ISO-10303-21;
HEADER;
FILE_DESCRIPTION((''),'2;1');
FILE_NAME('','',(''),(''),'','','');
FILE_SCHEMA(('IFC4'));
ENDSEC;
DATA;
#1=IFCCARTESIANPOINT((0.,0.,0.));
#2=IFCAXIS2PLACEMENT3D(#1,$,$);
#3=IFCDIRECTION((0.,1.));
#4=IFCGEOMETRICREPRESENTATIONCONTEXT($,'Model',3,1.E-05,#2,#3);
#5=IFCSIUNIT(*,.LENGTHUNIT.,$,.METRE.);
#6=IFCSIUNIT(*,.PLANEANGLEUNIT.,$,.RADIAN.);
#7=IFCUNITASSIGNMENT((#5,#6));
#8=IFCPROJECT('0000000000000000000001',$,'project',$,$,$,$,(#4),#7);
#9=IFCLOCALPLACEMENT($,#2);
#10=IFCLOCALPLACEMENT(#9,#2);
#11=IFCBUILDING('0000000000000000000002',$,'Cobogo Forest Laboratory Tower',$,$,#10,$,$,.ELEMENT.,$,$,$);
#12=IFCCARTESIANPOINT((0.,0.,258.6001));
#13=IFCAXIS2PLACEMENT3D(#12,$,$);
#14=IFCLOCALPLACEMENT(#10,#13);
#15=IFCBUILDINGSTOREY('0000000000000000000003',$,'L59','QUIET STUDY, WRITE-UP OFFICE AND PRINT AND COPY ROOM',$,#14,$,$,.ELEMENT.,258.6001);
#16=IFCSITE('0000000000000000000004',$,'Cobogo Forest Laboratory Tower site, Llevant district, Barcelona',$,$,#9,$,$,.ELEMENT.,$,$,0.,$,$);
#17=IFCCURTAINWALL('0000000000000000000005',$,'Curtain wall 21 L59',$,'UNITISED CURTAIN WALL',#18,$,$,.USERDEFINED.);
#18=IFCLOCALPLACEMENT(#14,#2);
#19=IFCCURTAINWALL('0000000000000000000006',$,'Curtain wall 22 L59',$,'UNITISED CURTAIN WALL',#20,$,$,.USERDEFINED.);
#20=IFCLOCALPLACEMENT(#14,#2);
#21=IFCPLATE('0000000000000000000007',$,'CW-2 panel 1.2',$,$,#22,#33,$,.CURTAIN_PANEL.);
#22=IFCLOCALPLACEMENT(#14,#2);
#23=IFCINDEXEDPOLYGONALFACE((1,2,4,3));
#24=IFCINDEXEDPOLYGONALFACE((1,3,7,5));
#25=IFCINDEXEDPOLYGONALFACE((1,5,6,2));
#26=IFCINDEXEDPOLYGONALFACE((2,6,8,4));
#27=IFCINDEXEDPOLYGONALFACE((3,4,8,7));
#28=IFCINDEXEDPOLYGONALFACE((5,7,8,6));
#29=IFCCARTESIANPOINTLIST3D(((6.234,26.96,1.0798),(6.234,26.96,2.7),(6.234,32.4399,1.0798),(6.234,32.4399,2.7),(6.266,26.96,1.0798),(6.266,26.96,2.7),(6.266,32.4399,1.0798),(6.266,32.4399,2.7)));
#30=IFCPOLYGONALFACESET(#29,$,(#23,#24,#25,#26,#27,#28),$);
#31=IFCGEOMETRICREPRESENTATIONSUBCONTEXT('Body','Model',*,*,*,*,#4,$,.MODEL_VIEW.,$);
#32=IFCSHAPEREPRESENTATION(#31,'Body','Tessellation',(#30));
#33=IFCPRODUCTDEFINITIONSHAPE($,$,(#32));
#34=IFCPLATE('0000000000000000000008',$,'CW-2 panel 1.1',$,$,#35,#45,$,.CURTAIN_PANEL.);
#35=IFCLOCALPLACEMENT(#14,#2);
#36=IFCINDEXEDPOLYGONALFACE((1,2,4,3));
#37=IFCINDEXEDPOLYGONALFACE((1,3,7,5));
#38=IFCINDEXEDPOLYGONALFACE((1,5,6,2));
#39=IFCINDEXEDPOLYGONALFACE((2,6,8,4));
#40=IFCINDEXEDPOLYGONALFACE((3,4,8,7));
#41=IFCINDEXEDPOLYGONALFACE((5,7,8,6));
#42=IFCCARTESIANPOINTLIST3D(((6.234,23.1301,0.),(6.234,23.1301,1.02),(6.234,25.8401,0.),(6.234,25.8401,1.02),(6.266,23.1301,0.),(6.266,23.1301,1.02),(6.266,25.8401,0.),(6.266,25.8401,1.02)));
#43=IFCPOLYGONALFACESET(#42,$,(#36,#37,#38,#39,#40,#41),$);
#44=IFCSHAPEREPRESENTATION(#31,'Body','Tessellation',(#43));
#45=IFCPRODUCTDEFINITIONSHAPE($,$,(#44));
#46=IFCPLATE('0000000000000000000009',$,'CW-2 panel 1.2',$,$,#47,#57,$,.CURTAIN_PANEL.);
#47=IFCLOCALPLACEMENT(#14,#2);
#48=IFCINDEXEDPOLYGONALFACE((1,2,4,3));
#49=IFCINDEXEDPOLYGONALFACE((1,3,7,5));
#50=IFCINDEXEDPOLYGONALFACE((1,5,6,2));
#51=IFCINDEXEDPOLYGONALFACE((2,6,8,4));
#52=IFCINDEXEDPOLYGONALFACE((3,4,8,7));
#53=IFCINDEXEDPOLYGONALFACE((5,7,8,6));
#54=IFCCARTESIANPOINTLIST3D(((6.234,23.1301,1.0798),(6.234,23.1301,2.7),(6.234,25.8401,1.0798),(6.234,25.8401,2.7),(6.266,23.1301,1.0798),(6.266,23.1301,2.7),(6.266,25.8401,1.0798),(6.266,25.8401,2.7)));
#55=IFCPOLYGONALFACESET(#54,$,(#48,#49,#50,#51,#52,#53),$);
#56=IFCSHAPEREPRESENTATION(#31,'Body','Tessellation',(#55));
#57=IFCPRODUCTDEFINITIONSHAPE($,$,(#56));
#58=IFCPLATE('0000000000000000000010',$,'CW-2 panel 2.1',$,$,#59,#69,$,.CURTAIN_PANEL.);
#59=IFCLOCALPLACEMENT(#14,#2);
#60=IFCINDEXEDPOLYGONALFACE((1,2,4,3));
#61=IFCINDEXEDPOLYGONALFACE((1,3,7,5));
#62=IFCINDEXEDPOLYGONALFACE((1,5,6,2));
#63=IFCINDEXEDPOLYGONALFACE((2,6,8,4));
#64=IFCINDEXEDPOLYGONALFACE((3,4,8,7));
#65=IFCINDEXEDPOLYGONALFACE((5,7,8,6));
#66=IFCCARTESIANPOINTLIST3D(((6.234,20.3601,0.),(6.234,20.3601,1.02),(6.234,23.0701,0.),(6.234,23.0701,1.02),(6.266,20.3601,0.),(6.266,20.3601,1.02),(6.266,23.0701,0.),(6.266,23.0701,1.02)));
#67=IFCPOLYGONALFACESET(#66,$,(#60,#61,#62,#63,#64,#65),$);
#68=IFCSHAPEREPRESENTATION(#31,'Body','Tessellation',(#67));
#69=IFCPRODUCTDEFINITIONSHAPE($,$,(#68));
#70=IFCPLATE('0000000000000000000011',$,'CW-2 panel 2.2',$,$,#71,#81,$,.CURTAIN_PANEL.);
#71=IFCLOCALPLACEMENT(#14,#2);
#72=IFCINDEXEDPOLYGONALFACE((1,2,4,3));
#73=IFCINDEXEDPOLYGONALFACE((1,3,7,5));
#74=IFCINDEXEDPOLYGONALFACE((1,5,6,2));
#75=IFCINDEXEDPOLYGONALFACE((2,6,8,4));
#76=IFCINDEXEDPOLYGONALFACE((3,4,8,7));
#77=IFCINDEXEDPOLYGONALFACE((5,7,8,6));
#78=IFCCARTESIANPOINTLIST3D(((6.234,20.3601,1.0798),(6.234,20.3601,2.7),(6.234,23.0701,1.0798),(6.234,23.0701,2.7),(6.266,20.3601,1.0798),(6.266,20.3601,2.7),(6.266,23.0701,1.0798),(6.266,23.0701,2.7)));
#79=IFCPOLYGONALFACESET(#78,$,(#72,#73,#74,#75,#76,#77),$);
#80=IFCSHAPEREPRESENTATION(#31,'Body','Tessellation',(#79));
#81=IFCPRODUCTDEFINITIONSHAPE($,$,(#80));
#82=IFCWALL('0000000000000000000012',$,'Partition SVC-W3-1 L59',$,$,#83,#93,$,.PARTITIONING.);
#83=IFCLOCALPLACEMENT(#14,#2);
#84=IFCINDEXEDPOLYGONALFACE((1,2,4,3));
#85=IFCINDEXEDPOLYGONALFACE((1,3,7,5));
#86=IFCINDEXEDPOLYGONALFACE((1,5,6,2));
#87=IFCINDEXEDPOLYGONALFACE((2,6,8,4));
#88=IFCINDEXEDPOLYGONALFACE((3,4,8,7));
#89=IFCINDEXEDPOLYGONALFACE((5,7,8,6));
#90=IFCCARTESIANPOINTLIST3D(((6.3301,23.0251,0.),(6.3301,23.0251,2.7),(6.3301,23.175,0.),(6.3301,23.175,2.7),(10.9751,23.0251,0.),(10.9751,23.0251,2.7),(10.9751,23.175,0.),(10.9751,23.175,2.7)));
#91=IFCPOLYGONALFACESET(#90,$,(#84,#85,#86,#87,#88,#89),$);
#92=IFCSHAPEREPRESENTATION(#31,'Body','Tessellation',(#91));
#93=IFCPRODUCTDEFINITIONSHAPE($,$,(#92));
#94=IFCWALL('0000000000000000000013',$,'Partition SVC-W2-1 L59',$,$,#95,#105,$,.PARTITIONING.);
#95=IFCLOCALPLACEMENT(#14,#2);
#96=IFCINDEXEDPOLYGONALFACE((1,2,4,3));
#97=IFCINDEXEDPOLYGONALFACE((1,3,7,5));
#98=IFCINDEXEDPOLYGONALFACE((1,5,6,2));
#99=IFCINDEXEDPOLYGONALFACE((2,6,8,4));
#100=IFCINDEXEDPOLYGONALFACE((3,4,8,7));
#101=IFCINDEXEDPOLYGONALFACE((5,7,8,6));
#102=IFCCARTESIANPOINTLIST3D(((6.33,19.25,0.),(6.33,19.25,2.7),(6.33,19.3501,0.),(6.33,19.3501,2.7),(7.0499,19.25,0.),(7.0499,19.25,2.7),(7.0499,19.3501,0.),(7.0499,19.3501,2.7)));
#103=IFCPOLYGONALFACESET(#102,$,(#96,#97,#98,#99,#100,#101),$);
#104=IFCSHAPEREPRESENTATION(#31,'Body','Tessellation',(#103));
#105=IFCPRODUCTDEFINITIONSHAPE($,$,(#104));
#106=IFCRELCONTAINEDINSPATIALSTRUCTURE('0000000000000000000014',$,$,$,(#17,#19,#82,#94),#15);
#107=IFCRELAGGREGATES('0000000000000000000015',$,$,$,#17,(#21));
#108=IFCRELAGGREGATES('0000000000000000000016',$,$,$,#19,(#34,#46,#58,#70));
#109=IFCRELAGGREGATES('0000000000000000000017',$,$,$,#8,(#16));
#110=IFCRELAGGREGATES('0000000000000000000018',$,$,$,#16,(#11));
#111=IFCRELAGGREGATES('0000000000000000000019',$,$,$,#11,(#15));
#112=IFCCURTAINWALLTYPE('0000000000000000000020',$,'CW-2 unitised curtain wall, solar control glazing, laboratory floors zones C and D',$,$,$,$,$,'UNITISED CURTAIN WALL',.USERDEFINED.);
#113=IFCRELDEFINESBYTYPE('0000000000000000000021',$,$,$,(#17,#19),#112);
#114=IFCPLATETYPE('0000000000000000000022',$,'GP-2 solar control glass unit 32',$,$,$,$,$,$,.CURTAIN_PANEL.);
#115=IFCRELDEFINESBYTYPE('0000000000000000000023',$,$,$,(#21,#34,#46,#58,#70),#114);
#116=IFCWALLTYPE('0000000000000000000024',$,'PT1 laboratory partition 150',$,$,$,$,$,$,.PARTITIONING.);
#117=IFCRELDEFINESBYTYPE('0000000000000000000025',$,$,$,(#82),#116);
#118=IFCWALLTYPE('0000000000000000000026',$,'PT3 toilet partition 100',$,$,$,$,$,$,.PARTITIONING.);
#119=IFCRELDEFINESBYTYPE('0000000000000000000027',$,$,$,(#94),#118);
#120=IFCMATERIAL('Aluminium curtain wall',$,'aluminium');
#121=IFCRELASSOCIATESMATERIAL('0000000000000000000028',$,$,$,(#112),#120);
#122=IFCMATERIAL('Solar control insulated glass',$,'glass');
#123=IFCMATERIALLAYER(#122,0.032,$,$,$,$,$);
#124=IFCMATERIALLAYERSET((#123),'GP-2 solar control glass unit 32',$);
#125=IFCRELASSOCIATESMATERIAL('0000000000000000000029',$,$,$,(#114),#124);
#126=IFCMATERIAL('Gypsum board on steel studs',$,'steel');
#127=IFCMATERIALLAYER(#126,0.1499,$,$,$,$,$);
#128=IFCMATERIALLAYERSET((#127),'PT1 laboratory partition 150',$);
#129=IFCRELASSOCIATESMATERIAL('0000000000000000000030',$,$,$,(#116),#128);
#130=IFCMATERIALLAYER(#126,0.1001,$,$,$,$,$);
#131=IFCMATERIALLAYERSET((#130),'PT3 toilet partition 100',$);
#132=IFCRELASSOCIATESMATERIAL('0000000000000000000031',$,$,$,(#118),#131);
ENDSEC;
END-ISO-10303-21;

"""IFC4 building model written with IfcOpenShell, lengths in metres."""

from ifc_helpers import new_model, si_unit, direction, frame, frame_2d, origin, origin_2d, place, context, subcontext, project, spatial, rectangle, extrude, material, layer, layer_set, type_object, element, aggregate, save


model = new_model("IFC4")

# Units and contexts
model_context = context("Model", 3, precision=1e-05, world=origin(), true_north=direction((0.0, 1.0)))
body_context = subcontext(model_context, "Body", "Model", "MODEL_VIEW")
ifc_project = project(units=[si_unit("LENGTHUNIT", "METRE"), si_unit("PLANEANGLEUNIT", "RADIAN")], contexts=[model_context])

# Site, building, storey
site_placement = place(None, origin())
site = spatial("IfcSite", under=ifc_project, at=site_placement, Name="Cobogo Forest Laboratory Tower site, Llevant district, Barcelona", CompositionType="ELEMENT", RefElevation=0.0)
building_placement = place(site_placement, origin())
building = spatial("IfcBuilding", under=site, at=building_placement, Name="Cobogo Forest Laboratory Tower", CompositionType="ELEMENT")
storey_placement = place(building_placement, frame((0.0, 0.0, 258.6001)))
storey = spatial("IfcBuildingStorey", under=building, at=storey_placement, Name="L59", Description="QUIET STUDY, WRITE-UP OFFICE AND PRINT AND COPY ROOM", CompositionType="ELEMENT", Elevation=258.6001)

# Curtain walls
ifc_material_1 = material(Name="Aluminium curtain wall", Category="aluminium")
curtain_wall_type = type_object("IfcCurtainWallType", Name="CW-2 unitised curtain wall, solar control glazing, laboratory floors zones C and D", ElementType="UNITISED CURTAIN WALL", PredefinedType="USERDEFINED", material=ifc_material_1)
curtain_wall_1_placement = place(storey_placement, origin())
curtain_wall_1 = element("IfcCurtainWall", 1, at=curtain_wall_1_placement, inside=storey, type_object=curtain_wall_type, Name="Curtain wall 21 L59", ObjectType="UNITISED CURTAIN WALL", PredefinedType="USERDEFINED")
curtain_wall_2_placement = place(storey_placement, origin())
curtain_wall_2 = element("IfcCurtainWall", 2, at=curtain_wall_2_placement, inside=storey, type_object=curtain_wall_type, Name="Curtain wall 22 L59", ObjectType="UNITISED CURTAIN WALL", PredefinedType="USERDEFINED")

# Plates
ifc_material_2 = material(Name="Solar control insulated glass", Category="glass")
ifc_layer_1 = layer(ifc_material_2, 0.032)
ifc_layer_set_1 = layer_set([ifc_layer_1], Name="GP-2 solar control glass unit 32")
plate_type_1 = type_object("IfcPlateType", Name="GP-2 solar control glass unit 32", PredefinedType="CURTAIN_PANEL", material=ifc_layer_set_1)
plate_1_placement = place(storey_placement, frame((6.25, 29.7, 1.0798), z_axis=(0.0, 0.0, 1.0), x_axis=(0.0, -1.0, 0.0)))
plate_1 = element("IfcPlate", 3, at=plate_1_placement, type_object=plate_type_1, Name="CW-2 panel 1.2", PredefinedType="CURTAIN_PANEL", context=body_context, shape_type="SweptSolid", body=[
    extrude(rectangle(XDim=5.48, YDim=0.032, at=origin_2d()), origin(), (0.0, 0.0, 1.0), 1.6201),
])
aggregate(curtain_wall_1, [plate_1])
plate_2_placement = place(storey_placement, frame((6.25, 24.4851, 0.0), z_axis=(0.0, 0.0, 1.0), x_axis=(0.0, -1.0, 0.0)))
plate_2 = element("IfcPlate", 4, at=plate_2_placement, type_object=plate_type_1, Name="CW-2 panel 1.1", PredefinedType="CURTAIN_PANEL", context=body_context, shape_type="SweptSolid", body=[
    extrude(rectangle(XDim=2.71, YDim=0.032, at=origin_2d()), origin(), (0.0, 0.0, 1.0), 1.02),
])
plate_3_placement = place(storey_placement, frame((6.25, 24.4851, 1.0798), z_axis=(0.0, 0.0, 1.0), x_axis=(0.0, -1.0, 0.0)))
plate_3 = element("IfcPlate", 5, at=plate_3_placement, type_object=plate_type_1, Name="CW-2 panel 1.2", PredefinedType="CURTAIN_PANEL", context=body_context, shape_type="SweptSolid", body=[
    extrude(rectangle(XDim=2.71, YDim=0.032, at=origin_2d()), origin(), (0.0, 0.0, 1.0), 1.6201),
])
plate_4_placement = place(storey_placement, frame((6.25, 21.7151, 0.0), z_axis=(0.0, 0.0, 1.0), x_axis=(0.0, -1.0, 0.0)))
plate_4 = element("IfcPlate", 6, at=plate_4_placement, type_object=plate_type_1, Name="CW-2 panel 2.1", PredefinedType="CURTAIN_PANEL", context=body_context, shape_type="SweptSolid", body=[
    extrude(rectangle(XDim=2.71, YDim=0.032, at=origin_2d()), origin(), (0.0, 0.0, 1.0), 1.02),
])
plate_5_placement = place(storey_placement, frame((6.25, 21.7151, 1.0798), z_axis=(0.0, 0.0, 1.0), x_axis=(0.0, -1.0, 0.0)))
plate_5 = element("IfcPlate", 7, at=plate_5_placement, type_object=plate_type_1, Name="CW-2 panel 2.2", PredefinedType="CURTAIN_PANEL", context=body_context, shape_type="SweptSolid", body=[
    extrude(rectangle(XDim=2.71, YDim=0.032, at=origin_2d()), origin(), (0.0, 0.0, 1.0), 1.6201),
])
aggregate(curtain_wall_2, [plate_2, plate_3, plate_4, plate_5])

# Walls
ifc_material_3 = material(Name="Gypsum board on steel studs", Category="steel")
ifc_layer_2 = layer(ifc_material_3, 0.1499)
ifc_layer_set_2 = layer_set([ifc_layer_2], Name="PT1 laboratory partition 150")
wall_type_1 = type_object("IfcWallType", Name="PT1 laboratory partition 150", PredefinedType="PARTITIONING", material=ifc_layer_set_2)
wall_1_placement = place(storey_placement, frame((6.3301, 23.1001, 0.0), z_axis=(0.0, 0.0, 1.0), x_axis=(1.0, 0.0, 0.0)))
element("IfcWall", 8, at=wall_1_placement, inside=storey, type_object=wall_type_1, Name="Partition SVC-W3-1 L59", PredefinedType="PARTITIONING", context=body_context, shape_type="SweptSolid", body=[
    extrude(rectangle(XDim=4.645, YDim=0.1499, at=frame_2d((2.3225, 0.0))), origin(), (0.0, 0.0, 1.0), 2.7),
])
ifc_layer_3 = layer(ifc_material_3, 0.1001)
ifc_layer_set_3 = layer_set([ifc_layer_3], Name="PT3 toilet partition 100")
wall_type_2 = type_object("IfcWallType", Name="PT3 toilet partition 100", PredefinedType="PARTITIONING", material=ifc_layer_set_3)
wall_2_placement = place(storey_placement, frame((6.3301, 19.3, 0.0), z_axis=(0.0, 0.0, 1.0), x_axis=(1.0, 0.0, 0.0)))
element("IfcWall", 9, at=wall_2_placement, inside=storey, type_object=wall_type_2, Name="Partition SVC-W2-1 L59", PredefinedType="PARTITIONING", context=body_context, shape_type="SweptSolid", body=[
    extrude(rectangle(XDim=0.72, YDim=0.1001, at=frame_2d((0.3599, 0.0))), origin(), (0.0, 0.0, 1.0), 2.7),
])

save(model, "model.ifc")
